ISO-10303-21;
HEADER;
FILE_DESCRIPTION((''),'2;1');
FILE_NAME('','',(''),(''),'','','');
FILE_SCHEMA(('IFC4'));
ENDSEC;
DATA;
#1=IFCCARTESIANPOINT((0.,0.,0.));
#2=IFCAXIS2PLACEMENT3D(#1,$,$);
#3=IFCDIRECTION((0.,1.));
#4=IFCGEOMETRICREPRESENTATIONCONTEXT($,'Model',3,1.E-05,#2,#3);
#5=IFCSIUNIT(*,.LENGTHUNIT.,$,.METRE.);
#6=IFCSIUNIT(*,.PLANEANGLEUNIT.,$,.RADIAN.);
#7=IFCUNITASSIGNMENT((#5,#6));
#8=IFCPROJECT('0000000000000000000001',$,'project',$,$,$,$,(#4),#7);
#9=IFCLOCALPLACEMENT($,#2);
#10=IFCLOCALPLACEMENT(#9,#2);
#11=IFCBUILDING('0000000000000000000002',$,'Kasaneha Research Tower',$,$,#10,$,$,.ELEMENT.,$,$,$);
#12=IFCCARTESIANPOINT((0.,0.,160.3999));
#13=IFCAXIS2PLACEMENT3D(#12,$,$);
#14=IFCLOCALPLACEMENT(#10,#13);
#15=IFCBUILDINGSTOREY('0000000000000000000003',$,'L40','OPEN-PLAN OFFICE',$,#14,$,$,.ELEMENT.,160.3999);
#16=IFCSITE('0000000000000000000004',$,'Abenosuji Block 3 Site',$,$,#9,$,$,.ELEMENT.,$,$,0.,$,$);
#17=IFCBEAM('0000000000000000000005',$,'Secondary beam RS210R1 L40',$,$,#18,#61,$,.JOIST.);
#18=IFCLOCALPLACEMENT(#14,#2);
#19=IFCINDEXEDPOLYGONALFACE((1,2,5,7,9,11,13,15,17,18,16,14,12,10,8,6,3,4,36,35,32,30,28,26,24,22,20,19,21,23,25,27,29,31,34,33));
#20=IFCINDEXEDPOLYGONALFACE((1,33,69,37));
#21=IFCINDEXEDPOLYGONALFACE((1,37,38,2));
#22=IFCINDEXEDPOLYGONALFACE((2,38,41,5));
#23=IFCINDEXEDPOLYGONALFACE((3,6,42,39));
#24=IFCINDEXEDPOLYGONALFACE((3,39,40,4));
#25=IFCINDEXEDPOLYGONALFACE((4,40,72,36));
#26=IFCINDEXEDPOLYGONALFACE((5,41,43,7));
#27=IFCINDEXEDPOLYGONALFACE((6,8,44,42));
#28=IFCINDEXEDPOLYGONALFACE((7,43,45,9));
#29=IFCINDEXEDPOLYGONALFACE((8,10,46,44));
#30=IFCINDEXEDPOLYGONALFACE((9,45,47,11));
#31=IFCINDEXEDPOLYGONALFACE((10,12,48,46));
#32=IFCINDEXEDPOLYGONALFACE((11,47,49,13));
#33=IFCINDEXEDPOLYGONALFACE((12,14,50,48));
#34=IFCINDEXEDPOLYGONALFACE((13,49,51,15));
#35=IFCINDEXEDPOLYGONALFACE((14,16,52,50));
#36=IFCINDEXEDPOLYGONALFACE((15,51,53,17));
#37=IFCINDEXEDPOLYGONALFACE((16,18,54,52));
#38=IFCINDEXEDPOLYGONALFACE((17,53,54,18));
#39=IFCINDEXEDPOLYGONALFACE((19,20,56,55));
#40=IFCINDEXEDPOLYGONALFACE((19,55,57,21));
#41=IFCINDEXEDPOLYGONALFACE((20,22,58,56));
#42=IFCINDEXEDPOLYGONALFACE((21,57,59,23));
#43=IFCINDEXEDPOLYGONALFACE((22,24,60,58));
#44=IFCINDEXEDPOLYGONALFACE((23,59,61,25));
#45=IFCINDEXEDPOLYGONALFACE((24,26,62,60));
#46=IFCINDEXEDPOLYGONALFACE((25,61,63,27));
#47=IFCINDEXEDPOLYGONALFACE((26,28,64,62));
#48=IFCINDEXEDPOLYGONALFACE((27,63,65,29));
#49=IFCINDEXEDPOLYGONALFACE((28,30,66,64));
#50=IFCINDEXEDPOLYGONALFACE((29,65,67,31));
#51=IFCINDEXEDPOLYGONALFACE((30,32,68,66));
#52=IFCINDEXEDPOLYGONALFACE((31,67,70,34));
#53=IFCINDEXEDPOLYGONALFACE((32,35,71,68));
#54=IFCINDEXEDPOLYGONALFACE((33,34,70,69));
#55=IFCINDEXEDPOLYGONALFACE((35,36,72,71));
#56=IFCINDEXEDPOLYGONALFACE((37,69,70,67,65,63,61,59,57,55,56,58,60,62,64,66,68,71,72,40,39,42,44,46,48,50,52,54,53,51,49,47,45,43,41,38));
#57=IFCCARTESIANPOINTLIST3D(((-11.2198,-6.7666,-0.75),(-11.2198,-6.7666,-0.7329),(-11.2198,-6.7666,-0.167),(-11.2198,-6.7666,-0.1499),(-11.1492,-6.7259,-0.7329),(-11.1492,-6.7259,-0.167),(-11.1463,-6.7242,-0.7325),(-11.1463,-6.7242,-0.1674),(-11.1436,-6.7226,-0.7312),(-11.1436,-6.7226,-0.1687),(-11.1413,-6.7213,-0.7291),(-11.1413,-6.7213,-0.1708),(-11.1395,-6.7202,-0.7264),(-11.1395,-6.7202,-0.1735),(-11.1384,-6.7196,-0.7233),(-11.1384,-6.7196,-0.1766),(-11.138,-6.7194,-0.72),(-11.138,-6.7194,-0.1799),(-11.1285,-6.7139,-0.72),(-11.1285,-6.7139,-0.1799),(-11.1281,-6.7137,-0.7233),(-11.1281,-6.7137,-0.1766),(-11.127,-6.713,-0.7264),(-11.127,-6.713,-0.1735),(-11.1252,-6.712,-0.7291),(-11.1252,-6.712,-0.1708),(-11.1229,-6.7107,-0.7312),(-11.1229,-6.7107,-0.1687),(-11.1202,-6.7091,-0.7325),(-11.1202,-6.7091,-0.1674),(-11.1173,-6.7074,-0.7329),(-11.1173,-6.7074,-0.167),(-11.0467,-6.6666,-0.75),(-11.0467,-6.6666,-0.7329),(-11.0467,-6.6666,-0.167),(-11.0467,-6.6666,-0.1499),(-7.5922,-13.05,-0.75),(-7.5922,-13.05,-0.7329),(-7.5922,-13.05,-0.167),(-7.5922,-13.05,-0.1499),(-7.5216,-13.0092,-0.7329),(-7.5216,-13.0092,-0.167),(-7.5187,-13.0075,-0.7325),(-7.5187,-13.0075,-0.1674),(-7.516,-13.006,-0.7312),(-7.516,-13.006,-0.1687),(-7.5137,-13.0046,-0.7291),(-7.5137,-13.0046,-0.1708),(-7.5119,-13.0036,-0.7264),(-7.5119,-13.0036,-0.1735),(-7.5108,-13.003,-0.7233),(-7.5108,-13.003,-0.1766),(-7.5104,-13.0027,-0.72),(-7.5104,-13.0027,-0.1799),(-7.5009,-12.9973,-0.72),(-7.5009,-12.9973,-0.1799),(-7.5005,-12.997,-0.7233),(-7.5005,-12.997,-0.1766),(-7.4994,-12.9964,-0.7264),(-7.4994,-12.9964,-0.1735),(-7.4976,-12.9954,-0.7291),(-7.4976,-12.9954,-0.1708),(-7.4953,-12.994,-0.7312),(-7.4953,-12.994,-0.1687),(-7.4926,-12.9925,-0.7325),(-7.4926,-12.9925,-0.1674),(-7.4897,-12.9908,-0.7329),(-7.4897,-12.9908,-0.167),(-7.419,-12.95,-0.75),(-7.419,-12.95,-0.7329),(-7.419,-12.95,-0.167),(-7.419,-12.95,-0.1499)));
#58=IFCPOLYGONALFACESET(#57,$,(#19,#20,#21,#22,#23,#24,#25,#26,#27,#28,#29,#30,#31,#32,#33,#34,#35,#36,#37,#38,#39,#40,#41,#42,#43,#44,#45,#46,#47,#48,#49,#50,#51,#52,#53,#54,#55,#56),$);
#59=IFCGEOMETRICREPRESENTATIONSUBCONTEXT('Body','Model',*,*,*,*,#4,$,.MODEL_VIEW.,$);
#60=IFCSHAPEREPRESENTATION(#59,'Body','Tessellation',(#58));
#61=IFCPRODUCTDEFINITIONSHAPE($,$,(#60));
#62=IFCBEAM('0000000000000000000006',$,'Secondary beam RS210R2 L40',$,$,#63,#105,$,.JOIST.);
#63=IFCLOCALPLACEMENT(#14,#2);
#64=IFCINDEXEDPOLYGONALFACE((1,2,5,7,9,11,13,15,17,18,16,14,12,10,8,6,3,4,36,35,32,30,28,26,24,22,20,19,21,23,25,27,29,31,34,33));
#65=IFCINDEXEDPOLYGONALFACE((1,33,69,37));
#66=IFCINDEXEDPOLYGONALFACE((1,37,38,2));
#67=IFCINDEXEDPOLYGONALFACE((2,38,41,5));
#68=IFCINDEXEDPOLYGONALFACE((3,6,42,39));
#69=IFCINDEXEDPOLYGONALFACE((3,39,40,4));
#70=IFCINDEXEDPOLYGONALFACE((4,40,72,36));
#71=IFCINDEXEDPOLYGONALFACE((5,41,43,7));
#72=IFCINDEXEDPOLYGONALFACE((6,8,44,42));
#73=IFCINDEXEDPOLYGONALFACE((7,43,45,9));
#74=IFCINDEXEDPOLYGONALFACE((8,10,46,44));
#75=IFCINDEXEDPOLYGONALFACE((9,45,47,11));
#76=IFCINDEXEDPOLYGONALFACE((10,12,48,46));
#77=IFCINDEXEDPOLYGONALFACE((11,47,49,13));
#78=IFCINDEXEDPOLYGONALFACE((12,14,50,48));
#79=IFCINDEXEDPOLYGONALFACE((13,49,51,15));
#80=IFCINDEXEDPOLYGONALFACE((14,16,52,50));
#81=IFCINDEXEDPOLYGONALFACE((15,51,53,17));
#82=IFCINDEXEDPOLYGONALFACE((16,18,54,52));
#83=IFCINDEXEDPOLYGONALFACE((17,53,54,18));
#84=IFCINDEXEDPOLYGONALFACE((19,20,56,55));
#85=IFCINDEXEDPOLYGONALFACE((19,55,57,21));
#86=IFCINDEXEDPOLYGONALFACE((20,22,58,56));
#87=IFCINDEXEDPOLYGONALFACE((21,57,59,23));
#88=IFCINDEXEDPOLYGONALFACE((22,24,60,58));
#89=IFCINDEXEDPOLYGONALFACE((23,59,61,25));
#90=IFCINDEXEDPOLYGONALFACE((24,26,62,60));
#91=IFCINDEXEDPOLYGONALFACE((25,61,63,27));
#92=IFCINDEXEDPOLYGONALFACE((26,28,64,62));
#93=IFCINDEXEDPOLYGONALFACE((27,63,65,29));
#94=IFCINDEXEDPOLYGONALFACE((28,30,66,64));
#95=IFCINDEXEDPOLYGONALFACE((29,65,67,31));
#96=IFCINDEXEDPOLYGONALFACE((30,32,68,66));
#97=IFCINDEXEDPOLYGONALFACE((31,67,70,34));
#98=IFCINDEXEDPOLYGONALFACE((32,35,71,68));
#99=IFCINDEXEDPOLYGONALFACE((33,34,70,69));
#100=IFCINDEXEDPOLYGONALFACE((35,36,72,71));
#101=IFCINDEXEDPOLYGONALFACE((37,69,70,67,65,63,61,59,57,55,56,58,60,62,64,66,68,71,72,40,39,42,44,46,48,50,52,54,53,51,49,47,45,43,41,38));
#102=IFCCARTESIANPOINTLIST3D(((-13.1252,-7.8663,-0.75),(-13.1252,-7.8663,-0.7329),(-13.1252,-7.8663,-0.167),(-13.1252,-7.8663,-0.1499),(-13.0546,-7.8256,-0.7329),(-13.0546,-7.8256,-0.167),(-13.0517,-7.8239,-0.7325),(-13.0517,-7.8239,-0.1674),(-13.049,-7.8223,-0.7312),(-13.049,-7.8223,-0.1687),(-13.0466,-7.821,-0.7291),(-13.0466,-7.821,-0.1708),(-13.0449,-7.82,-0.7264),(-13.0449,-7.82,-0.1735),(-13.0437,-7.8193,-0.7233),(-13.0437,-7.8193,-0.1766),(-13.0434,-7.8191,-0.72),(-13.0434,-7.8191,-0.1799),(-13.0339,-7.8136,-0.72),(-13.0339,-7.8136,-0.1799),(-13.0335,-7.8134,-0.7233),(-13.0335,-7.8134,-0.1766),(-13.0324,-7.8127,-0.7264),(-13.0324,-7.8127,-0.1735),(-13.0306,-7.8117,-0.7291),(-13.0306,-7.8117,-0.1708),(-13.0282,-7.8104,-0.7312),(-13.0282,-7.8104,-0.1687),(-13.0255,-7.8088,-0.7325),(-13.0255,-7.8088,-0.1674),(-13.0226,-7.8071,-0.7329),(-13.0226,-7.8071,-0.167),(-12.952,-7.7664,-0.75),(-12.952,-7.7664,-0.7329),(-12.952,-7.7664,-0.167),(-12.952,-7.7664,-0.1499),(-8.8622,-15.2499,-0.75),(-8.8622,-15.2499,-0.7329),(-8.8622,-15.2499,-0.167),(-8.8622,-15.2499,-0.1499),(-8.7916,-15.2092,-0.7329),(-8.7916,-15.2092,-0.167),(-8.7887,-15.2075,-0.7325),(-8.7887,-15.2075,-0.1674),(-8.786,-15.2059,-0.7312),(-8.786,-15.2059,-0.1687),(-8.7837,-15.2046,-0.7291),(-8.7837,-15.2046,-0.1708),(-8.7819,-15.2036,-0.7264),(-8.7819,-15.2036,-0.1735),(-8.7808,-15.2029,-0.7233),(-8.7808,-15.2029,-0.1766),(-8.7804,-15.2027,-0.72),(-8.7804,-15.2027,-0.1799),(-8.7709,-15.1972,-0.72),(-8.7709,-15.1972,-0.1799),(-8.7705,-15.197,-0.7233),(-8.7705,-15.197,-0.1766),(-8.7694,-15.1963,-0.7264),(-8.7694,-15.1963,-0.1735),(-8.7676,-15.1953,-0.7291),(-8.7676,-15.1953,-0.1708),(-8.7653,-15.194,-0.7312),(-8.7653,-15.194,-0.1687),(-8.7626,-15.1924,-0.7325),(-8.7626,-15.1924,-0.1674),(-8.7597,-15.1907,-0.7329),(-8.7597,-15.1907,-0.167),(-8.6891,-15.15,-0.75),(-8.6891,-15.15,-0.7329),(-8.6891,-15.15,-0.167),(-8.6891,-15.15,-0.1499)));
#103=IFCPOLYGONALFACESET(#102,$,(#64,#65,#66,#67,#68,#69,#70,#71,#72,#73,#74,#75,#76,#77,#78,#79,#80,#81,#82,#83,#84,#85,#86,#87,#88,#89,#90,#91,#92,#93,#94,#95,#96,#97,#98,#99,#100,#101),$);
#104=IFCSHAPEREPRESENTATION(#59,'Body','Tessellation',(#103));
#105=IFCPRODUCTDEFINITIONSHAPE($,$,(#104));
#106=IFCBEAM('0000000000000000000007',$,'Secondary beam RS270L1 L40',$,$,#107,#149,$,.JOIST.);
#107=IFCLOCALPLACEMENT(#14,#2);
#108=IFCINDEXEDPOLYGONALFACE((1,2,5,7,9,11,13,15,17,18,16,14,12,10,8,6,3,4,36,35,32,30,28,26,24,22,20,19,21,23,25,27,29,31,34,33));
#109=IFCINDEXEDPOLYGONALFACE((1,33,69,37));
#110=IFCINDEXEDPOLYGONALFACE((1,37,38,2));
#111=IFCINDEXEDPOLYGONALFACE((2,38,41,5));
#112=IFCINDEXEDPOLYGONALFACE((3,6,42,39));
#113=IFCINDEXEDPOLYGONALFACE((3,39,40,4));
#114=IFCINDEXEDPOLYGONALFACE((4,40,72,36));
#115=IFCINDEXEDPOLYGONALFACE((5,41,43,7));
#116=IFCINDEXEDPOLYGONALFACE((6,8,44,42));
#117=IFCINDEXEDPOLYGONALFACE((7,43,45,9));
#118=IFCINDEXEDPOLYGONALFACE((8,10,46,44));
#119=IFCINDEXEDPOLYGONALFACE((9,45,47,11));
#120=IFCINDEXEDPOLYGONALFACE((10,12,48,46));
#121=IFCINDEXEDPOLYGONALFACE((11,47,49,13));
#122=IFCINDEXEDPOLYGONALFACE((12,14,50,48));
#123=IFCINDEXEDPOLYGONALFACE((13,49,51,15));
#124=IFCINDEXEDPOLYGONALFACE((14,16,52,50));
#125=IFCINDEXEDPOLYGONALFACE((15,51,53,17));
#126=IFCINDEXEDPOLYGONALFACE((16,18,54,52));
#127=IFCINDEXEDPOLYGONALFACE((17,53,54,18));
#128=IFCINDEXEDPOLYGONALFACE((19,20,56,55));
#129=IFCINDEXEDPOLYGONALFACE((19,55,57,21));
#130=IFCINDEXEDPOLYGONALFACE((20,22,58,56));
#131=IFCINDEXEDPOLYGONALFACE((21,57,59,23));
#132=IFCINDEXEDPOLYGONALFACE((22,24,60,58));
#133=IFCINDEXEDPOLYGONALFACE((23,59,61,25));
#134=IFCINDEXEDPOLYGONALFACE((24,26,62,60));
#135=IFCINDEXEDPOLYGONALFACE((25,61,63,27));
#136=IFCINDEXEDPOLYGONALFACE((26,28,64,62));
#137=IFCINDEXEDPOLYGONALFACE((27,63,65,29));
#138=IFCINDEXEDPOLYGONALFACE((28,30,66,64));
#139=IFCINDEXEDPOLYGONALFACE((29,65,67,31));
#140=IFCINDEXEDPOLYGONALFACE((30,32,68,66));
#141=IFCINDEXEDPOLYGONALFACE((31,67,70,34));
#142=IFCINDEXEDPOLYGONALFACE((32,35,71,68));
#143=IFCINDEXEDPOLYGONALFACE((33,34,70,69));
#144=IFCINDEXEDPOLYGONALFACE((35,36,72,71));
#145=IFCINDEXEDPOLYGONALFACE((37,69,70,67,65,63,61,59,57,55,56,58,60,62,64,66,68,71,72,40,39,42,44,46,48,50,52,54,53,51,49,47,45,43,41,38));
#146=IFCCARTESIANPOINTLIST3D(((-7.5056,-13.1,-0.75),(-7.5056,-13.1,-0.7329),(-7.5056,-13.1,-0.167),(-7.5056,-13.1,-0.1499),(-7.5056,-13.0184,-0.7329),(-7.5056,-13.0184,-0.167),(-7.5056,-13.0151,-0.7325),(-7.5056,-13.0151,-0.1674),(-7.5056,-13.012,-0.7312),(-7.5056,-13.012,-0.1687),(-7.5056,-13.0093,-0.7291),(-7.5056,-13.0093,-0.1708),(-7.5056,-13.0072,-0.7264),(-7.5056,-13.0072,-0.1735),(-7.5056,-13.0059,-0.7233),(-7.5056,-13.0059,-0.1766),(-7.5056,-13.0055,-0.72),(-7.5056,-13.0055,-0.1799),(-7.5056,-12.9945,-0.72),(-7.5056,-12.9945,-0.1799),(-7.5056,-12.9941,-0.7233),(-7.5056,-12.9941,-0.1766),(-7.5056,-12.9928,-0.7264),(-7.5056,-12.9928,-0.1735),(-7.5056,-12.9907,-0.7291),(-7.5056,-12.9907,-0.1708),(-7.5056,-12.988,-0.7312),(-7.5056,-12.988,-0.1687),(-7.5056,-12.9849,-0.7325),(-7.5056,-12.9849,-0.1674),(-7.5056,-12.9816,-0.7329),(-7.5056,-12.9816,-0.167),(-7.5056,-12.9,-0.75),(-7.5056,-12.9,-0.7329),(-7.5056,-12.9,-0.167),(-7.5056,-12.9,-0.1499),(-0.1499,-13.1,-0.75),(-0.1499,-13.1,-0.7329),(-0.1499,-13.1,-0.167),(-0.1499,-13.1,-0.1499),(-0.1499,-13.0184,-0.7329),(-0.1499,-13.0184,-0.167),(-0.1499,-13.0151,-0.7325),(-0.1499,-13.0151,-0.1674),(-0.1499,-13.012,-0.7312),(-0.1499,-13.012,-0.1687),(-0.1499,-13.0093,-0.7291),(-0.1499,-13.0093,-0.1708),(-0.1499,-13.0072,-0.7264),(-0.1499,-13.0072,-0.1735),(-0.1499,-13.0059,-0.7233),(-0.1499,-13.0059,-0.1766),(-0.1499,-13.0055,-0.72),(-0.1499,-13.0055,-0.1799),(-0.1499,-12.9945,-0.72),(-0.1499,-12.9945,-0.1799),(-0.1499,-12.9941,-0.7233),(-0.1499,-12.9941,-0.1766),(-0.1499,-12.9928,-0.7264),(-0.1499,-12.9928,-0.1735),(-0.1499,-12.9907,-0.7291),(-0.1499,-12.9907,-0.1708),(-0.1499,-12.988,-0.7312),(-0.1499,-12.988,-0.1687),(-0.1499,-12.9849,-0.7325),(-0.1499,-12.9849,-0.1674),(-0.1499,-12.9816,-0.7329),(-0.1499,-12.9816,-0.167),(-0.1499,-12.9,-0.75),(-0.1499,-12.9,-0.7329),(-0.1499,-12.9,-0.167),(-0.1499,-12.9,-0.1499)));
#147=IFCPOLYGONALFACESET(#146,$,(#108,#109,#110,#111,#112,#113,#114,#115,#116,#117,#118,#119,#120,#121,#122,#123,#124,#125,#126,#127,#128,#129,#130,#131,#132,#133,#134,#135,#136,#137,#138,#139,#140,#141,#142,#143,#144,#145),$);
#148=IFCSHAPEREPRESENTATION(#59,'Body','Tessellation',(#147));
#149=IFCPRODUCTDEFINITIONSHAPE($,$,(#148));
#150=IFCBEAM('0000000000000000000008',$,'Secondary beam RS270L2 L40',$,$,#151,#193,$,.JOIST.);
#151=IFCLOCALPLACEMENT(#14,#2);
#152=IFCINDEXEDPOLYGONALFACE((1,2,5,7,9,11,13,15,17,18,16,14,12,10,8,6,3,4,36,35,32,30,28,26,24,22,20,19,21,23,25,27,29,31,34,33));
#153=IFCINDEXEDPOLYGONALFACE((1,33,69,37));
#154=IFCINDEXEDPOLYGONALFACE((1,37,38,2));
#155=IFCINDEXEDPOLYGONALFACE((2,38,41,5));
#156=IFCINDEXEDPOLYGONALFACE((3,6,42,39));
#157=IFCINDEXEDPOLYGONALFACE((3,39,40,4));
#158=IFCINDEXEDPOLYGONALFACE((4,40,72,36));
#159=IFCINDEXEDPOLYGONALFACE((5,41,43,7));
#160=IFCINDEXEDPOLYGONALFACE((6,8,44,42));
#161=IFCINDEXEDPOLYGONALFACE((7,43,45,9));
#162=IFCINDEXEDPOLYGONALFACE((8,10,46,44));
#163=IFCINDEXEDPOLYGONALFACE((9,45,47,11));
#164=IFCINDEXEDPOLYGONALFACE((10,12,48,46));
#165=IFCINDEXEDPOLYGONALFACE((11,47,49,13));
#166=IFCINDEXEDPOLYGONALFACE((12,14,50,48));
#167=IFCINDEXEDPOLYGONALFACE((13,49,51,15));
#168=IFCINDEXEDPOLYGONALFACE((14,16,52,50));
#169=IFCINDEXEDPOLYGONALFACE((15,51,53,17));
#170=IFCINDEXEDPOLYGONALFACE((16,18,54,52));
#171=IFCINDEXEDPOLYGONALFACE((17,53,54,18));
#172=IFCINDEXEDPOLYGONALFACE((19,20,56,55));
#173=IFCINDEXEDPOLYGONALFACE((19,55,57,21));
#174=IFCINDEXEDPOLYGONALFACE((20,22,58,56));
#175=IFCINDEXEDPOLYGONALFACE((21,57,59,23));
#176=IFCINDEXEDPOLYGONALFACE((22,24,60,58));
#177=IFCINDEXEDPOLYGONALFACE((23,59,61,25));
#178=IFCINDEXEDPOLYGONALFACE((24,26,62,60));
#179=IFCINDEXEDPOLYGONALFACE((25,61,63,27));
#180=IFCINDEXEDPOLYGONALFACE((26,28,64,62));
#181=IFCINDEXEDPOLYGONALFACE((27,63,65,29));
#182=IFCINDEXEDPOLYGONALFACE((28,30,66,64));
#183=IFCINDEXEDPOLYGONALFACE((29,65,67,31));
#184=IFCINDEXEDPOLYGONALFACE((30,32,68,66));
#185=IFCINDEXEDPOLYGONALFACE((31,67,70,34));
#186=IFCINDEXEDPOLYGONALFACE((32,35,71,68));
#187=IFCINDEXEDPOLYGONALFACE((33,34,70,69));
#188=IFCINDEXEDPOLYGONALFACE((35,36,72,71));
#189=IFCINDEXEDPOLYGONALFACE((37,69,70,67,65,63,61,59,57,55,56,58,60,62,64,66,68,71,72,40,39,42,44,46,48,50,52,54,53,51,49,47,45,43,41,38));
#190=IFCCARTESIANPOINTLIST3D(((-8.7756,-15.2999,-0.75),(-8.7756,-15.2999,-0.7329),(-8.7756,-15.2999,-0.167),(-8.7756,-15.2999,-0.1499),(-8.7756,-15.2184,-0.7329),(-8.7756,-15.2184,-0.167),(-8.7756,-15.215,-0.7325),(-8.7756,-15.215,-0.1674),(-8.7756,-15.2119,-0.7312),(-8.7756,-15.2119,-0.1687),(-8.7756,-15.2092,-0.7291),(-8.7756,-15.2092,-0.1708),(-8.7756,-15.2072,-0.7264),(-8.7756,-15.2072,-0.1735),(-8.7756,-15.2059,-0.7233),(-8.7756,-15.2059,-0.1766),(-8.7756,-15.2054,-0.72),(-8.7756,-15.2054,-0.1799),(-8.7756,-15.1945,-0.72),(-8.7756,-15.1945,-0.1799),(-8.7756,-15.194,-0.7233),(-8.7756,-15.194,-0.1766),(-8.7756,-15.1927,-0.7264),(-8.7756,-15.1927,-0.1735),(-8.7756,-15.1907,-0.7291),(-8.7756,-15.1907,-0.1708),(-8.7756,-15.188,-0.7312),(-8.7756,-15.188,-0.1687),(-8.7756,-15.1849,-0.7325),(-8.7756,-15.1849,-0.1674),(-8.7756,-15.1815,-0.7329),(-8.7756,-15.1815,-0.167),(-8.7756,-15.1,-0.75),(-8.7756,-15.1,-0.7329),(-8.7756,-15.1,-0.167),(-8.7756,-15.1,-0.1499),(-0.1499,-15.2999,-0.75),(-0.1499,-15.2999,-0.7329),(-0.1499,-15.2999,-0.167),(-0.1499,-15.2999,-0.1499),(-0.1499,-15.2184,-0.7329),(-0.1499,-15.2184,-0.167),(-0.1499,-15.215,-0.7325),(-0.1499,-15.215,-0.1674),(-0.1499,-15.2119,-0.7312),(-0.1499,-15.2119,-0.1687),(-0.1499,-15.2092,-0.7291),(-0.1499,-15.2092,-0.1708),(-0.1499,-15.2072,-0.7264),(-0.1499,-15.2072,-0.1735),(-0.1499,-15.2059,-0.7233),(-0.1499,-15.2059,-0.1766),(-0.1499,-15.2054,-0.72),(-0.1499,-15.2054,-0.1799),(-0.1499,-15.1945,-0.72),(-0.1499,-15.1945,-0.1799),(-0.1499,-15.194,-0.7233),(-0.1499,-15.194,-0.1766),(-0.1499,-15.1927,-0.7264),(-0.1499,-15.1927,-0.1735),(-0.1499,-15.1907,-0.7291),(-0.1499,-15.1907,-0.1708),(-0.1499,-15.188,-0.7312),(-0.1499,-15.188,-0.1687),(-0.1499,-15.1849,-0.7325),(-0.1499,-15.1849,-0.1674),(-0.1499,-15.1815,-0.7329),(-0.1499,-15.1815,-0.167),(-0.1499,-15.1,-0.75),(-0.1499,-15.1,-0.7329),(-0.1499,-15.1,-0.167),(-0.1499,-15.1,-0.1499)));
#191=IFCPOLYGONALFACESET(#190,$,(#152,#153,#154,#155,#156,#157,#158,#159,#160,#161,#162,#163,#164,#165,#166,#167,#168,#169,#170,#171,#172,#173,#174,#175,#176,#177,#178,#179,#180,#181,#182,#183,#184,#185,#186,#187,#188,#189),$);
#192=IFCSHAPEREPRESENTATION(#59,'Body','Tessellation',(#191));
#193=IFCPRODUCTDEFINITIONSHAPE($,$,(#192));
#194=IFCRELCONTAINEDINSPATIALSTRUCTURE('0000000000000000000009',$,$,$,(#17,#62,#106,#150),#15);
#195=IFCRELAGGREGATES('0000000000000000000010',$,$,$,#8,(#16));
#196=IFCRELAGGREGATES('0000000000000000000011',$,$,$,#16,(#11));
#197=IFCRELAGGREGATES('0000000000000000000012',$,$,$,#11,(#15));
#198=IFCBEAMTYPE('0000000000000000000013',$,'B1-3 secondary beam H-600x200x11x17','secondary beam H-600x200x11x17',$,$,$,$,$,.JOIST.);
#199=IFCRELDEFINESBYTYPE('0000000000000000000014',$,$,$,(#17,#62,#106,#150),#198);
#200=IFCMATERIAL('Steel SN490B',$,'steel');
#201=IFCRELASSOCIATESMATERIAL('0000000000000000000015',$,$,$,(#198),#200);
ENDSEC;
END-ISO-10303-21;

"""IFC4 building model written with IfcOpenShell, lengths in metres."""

from ifc_helpers import new_model, si_unit, direction, frame, origin, origin_2d, place, context, subcontext, project, spatial, i_section, extrude, material, material_profile, profile_set, type_object, element, save


model = new_model("IFC4")

# Units and contexts
model_context = context("Model", 3, precision=1e-05, world=origin(), true_north=direction((0.0, 1.0)))
body_context = subcontext(model_context, "Body", "Model", "MODEL_VIEW")
ifc_project = project(units=[si_unit("LENGTHUNIT", "METRE"), si_unit("PLANEANGLEUNIT", "RADIAN")], contexts=[model_context])

# Site, building, storey
site_placement = place(None, origin())
site = spatial("IfcSite", under=ifc_project, at=site_placement, Name="Abenosuji Block 3 Site", CompositionType="ELEMENT", RefElevation=0.0)
building_placement = place(site_placement, origin())
building = spatial("IfcBuilding", under=site, at=building_placement, Name="Kasaneha Research Tower", CompositionType="ELEMENT")
storey_placement = place(building_placement, frame((0.0, 0.0, 160.3999)))
storey = spatial("IfcBuildingStorey", under=building, at=storey_placement, Name="L40", Description="OPEN-PLAN OFFICE", CompositionType="ELEMENT", Elevation=160.3999)

# Beams
ifc_material_1 = material(Name="Steel SN490B", Category="steel")
ifc_material_profile = material_profile(ifc_material_1, i_section(OverallWidth=0.2, OverallDepth=0.6001, WebThickness=0.011, FlangeThickness=0.0171, FilletRadius=0.0129, at=origin_2d()), Name="H-600x200x11x17")
ifc_profile_set = profile_set([ifc_material_profile], Name="Steel SN490B")
beam_type = type_object("IfcBeamType", Name="B1-3 secondary beam H-600x200x11x17", Description="secondary beam H-600x200x11x17", PredefinedType="JOIST", material=ifc_profile_set)
beam_1_placement = place(storey_placement, frame((-7.5056, -13.0, -0.45), z_axis=(-0.499993, 0.866029, 0.0), x_axis=(-0.866029, -0.499993, 0.0)))
element("IfcBeam", 1, at=beam_1_placement, inside=storey, type_object=beam_type, Name="Secondary beam RS210R1 L40", PredefinedType="JOIST", context=body_context, shape_type="SweptSolid", body=[
    extrude(i_section(OverallWidth=0.2, OverallDepth=0.6001, WebThickness=0.011, FlangeThickness=0.0171, FilletRadius=0.0129, at=origin_2d()), origin(), (0.0, 0.0, 1.0), 7.2554),
])
beam_2_placement = place(storey_placement, frame((-8.7756, -15.2, -0.45), z_axis=(-0.500004, 0.866023, 0.0), x_axis=(-0.866023, -0.500004, 0.0)))
element("IfcBeam", 2, at=beam_2_placement, inside=storey, type_object=beam_type, Name="Secondary beam RS210R2 L40", PredefinedType="JOIST", context=body_context, shape_type="SweptSolid", body=[
    extrude(i_section(OverallWidth=0.2, OverallDepth=0.6001, WebThickness=0.011, FlangeThickness=0.0171, FilletRadius=0.0129, at=origin_2d()), origin(), (0.0, 0.0, 1.0), 8.5259),
])
beam_3_placement = place(storey_placement, frame((-7.5056, -13.0, -0.45), z_axis=(1.0, 0.0, 0.0), x_axis=(0.0, 1.0, 0.0)))
element("IfcBeam", 3, at=beam_3_placement, inside=storey, type_object=beam_type, Name="Secondary beam RS270L1 L40", PredefinedType="JOIST", context=body_context, shape_type="SweptSolid", body=[
    extrude(i_section(OverallWidth=0.2, OverallDepth=0.6001, WebThickness=0.011, FlangeThickness=0.0171, FilletRadius=0.0129, at=origin_2d()), origin(), (0.0, 0.0, 1.0), 7.3557),
])
beam_4_placement = place(storey_placement, frame((-8.7756, -15.2, -0.45), z_axis=(1.0, 0.0, 0.0), x_axis=(0.0, 1.0, 0.0)))
element("IfcBeam", 4, at=beam_4_placement, inside=storey, type_object=beam_type, Name="Secondary beam RS270L2 L40", PredefinedType="JOIST", context=body_context, shape_type="SweptSolid", body=[
    extrude(i_section(OverallWidth=0.2, OverallDepth=0.6001, WebThickness=0.011, FlangeThickness=0.0171, FilletRadius=0.0129, at=origin_2d()), origin(), (0.0, 0.0, 1.0), 8.6257),
])

save(model, "model.ifc")
